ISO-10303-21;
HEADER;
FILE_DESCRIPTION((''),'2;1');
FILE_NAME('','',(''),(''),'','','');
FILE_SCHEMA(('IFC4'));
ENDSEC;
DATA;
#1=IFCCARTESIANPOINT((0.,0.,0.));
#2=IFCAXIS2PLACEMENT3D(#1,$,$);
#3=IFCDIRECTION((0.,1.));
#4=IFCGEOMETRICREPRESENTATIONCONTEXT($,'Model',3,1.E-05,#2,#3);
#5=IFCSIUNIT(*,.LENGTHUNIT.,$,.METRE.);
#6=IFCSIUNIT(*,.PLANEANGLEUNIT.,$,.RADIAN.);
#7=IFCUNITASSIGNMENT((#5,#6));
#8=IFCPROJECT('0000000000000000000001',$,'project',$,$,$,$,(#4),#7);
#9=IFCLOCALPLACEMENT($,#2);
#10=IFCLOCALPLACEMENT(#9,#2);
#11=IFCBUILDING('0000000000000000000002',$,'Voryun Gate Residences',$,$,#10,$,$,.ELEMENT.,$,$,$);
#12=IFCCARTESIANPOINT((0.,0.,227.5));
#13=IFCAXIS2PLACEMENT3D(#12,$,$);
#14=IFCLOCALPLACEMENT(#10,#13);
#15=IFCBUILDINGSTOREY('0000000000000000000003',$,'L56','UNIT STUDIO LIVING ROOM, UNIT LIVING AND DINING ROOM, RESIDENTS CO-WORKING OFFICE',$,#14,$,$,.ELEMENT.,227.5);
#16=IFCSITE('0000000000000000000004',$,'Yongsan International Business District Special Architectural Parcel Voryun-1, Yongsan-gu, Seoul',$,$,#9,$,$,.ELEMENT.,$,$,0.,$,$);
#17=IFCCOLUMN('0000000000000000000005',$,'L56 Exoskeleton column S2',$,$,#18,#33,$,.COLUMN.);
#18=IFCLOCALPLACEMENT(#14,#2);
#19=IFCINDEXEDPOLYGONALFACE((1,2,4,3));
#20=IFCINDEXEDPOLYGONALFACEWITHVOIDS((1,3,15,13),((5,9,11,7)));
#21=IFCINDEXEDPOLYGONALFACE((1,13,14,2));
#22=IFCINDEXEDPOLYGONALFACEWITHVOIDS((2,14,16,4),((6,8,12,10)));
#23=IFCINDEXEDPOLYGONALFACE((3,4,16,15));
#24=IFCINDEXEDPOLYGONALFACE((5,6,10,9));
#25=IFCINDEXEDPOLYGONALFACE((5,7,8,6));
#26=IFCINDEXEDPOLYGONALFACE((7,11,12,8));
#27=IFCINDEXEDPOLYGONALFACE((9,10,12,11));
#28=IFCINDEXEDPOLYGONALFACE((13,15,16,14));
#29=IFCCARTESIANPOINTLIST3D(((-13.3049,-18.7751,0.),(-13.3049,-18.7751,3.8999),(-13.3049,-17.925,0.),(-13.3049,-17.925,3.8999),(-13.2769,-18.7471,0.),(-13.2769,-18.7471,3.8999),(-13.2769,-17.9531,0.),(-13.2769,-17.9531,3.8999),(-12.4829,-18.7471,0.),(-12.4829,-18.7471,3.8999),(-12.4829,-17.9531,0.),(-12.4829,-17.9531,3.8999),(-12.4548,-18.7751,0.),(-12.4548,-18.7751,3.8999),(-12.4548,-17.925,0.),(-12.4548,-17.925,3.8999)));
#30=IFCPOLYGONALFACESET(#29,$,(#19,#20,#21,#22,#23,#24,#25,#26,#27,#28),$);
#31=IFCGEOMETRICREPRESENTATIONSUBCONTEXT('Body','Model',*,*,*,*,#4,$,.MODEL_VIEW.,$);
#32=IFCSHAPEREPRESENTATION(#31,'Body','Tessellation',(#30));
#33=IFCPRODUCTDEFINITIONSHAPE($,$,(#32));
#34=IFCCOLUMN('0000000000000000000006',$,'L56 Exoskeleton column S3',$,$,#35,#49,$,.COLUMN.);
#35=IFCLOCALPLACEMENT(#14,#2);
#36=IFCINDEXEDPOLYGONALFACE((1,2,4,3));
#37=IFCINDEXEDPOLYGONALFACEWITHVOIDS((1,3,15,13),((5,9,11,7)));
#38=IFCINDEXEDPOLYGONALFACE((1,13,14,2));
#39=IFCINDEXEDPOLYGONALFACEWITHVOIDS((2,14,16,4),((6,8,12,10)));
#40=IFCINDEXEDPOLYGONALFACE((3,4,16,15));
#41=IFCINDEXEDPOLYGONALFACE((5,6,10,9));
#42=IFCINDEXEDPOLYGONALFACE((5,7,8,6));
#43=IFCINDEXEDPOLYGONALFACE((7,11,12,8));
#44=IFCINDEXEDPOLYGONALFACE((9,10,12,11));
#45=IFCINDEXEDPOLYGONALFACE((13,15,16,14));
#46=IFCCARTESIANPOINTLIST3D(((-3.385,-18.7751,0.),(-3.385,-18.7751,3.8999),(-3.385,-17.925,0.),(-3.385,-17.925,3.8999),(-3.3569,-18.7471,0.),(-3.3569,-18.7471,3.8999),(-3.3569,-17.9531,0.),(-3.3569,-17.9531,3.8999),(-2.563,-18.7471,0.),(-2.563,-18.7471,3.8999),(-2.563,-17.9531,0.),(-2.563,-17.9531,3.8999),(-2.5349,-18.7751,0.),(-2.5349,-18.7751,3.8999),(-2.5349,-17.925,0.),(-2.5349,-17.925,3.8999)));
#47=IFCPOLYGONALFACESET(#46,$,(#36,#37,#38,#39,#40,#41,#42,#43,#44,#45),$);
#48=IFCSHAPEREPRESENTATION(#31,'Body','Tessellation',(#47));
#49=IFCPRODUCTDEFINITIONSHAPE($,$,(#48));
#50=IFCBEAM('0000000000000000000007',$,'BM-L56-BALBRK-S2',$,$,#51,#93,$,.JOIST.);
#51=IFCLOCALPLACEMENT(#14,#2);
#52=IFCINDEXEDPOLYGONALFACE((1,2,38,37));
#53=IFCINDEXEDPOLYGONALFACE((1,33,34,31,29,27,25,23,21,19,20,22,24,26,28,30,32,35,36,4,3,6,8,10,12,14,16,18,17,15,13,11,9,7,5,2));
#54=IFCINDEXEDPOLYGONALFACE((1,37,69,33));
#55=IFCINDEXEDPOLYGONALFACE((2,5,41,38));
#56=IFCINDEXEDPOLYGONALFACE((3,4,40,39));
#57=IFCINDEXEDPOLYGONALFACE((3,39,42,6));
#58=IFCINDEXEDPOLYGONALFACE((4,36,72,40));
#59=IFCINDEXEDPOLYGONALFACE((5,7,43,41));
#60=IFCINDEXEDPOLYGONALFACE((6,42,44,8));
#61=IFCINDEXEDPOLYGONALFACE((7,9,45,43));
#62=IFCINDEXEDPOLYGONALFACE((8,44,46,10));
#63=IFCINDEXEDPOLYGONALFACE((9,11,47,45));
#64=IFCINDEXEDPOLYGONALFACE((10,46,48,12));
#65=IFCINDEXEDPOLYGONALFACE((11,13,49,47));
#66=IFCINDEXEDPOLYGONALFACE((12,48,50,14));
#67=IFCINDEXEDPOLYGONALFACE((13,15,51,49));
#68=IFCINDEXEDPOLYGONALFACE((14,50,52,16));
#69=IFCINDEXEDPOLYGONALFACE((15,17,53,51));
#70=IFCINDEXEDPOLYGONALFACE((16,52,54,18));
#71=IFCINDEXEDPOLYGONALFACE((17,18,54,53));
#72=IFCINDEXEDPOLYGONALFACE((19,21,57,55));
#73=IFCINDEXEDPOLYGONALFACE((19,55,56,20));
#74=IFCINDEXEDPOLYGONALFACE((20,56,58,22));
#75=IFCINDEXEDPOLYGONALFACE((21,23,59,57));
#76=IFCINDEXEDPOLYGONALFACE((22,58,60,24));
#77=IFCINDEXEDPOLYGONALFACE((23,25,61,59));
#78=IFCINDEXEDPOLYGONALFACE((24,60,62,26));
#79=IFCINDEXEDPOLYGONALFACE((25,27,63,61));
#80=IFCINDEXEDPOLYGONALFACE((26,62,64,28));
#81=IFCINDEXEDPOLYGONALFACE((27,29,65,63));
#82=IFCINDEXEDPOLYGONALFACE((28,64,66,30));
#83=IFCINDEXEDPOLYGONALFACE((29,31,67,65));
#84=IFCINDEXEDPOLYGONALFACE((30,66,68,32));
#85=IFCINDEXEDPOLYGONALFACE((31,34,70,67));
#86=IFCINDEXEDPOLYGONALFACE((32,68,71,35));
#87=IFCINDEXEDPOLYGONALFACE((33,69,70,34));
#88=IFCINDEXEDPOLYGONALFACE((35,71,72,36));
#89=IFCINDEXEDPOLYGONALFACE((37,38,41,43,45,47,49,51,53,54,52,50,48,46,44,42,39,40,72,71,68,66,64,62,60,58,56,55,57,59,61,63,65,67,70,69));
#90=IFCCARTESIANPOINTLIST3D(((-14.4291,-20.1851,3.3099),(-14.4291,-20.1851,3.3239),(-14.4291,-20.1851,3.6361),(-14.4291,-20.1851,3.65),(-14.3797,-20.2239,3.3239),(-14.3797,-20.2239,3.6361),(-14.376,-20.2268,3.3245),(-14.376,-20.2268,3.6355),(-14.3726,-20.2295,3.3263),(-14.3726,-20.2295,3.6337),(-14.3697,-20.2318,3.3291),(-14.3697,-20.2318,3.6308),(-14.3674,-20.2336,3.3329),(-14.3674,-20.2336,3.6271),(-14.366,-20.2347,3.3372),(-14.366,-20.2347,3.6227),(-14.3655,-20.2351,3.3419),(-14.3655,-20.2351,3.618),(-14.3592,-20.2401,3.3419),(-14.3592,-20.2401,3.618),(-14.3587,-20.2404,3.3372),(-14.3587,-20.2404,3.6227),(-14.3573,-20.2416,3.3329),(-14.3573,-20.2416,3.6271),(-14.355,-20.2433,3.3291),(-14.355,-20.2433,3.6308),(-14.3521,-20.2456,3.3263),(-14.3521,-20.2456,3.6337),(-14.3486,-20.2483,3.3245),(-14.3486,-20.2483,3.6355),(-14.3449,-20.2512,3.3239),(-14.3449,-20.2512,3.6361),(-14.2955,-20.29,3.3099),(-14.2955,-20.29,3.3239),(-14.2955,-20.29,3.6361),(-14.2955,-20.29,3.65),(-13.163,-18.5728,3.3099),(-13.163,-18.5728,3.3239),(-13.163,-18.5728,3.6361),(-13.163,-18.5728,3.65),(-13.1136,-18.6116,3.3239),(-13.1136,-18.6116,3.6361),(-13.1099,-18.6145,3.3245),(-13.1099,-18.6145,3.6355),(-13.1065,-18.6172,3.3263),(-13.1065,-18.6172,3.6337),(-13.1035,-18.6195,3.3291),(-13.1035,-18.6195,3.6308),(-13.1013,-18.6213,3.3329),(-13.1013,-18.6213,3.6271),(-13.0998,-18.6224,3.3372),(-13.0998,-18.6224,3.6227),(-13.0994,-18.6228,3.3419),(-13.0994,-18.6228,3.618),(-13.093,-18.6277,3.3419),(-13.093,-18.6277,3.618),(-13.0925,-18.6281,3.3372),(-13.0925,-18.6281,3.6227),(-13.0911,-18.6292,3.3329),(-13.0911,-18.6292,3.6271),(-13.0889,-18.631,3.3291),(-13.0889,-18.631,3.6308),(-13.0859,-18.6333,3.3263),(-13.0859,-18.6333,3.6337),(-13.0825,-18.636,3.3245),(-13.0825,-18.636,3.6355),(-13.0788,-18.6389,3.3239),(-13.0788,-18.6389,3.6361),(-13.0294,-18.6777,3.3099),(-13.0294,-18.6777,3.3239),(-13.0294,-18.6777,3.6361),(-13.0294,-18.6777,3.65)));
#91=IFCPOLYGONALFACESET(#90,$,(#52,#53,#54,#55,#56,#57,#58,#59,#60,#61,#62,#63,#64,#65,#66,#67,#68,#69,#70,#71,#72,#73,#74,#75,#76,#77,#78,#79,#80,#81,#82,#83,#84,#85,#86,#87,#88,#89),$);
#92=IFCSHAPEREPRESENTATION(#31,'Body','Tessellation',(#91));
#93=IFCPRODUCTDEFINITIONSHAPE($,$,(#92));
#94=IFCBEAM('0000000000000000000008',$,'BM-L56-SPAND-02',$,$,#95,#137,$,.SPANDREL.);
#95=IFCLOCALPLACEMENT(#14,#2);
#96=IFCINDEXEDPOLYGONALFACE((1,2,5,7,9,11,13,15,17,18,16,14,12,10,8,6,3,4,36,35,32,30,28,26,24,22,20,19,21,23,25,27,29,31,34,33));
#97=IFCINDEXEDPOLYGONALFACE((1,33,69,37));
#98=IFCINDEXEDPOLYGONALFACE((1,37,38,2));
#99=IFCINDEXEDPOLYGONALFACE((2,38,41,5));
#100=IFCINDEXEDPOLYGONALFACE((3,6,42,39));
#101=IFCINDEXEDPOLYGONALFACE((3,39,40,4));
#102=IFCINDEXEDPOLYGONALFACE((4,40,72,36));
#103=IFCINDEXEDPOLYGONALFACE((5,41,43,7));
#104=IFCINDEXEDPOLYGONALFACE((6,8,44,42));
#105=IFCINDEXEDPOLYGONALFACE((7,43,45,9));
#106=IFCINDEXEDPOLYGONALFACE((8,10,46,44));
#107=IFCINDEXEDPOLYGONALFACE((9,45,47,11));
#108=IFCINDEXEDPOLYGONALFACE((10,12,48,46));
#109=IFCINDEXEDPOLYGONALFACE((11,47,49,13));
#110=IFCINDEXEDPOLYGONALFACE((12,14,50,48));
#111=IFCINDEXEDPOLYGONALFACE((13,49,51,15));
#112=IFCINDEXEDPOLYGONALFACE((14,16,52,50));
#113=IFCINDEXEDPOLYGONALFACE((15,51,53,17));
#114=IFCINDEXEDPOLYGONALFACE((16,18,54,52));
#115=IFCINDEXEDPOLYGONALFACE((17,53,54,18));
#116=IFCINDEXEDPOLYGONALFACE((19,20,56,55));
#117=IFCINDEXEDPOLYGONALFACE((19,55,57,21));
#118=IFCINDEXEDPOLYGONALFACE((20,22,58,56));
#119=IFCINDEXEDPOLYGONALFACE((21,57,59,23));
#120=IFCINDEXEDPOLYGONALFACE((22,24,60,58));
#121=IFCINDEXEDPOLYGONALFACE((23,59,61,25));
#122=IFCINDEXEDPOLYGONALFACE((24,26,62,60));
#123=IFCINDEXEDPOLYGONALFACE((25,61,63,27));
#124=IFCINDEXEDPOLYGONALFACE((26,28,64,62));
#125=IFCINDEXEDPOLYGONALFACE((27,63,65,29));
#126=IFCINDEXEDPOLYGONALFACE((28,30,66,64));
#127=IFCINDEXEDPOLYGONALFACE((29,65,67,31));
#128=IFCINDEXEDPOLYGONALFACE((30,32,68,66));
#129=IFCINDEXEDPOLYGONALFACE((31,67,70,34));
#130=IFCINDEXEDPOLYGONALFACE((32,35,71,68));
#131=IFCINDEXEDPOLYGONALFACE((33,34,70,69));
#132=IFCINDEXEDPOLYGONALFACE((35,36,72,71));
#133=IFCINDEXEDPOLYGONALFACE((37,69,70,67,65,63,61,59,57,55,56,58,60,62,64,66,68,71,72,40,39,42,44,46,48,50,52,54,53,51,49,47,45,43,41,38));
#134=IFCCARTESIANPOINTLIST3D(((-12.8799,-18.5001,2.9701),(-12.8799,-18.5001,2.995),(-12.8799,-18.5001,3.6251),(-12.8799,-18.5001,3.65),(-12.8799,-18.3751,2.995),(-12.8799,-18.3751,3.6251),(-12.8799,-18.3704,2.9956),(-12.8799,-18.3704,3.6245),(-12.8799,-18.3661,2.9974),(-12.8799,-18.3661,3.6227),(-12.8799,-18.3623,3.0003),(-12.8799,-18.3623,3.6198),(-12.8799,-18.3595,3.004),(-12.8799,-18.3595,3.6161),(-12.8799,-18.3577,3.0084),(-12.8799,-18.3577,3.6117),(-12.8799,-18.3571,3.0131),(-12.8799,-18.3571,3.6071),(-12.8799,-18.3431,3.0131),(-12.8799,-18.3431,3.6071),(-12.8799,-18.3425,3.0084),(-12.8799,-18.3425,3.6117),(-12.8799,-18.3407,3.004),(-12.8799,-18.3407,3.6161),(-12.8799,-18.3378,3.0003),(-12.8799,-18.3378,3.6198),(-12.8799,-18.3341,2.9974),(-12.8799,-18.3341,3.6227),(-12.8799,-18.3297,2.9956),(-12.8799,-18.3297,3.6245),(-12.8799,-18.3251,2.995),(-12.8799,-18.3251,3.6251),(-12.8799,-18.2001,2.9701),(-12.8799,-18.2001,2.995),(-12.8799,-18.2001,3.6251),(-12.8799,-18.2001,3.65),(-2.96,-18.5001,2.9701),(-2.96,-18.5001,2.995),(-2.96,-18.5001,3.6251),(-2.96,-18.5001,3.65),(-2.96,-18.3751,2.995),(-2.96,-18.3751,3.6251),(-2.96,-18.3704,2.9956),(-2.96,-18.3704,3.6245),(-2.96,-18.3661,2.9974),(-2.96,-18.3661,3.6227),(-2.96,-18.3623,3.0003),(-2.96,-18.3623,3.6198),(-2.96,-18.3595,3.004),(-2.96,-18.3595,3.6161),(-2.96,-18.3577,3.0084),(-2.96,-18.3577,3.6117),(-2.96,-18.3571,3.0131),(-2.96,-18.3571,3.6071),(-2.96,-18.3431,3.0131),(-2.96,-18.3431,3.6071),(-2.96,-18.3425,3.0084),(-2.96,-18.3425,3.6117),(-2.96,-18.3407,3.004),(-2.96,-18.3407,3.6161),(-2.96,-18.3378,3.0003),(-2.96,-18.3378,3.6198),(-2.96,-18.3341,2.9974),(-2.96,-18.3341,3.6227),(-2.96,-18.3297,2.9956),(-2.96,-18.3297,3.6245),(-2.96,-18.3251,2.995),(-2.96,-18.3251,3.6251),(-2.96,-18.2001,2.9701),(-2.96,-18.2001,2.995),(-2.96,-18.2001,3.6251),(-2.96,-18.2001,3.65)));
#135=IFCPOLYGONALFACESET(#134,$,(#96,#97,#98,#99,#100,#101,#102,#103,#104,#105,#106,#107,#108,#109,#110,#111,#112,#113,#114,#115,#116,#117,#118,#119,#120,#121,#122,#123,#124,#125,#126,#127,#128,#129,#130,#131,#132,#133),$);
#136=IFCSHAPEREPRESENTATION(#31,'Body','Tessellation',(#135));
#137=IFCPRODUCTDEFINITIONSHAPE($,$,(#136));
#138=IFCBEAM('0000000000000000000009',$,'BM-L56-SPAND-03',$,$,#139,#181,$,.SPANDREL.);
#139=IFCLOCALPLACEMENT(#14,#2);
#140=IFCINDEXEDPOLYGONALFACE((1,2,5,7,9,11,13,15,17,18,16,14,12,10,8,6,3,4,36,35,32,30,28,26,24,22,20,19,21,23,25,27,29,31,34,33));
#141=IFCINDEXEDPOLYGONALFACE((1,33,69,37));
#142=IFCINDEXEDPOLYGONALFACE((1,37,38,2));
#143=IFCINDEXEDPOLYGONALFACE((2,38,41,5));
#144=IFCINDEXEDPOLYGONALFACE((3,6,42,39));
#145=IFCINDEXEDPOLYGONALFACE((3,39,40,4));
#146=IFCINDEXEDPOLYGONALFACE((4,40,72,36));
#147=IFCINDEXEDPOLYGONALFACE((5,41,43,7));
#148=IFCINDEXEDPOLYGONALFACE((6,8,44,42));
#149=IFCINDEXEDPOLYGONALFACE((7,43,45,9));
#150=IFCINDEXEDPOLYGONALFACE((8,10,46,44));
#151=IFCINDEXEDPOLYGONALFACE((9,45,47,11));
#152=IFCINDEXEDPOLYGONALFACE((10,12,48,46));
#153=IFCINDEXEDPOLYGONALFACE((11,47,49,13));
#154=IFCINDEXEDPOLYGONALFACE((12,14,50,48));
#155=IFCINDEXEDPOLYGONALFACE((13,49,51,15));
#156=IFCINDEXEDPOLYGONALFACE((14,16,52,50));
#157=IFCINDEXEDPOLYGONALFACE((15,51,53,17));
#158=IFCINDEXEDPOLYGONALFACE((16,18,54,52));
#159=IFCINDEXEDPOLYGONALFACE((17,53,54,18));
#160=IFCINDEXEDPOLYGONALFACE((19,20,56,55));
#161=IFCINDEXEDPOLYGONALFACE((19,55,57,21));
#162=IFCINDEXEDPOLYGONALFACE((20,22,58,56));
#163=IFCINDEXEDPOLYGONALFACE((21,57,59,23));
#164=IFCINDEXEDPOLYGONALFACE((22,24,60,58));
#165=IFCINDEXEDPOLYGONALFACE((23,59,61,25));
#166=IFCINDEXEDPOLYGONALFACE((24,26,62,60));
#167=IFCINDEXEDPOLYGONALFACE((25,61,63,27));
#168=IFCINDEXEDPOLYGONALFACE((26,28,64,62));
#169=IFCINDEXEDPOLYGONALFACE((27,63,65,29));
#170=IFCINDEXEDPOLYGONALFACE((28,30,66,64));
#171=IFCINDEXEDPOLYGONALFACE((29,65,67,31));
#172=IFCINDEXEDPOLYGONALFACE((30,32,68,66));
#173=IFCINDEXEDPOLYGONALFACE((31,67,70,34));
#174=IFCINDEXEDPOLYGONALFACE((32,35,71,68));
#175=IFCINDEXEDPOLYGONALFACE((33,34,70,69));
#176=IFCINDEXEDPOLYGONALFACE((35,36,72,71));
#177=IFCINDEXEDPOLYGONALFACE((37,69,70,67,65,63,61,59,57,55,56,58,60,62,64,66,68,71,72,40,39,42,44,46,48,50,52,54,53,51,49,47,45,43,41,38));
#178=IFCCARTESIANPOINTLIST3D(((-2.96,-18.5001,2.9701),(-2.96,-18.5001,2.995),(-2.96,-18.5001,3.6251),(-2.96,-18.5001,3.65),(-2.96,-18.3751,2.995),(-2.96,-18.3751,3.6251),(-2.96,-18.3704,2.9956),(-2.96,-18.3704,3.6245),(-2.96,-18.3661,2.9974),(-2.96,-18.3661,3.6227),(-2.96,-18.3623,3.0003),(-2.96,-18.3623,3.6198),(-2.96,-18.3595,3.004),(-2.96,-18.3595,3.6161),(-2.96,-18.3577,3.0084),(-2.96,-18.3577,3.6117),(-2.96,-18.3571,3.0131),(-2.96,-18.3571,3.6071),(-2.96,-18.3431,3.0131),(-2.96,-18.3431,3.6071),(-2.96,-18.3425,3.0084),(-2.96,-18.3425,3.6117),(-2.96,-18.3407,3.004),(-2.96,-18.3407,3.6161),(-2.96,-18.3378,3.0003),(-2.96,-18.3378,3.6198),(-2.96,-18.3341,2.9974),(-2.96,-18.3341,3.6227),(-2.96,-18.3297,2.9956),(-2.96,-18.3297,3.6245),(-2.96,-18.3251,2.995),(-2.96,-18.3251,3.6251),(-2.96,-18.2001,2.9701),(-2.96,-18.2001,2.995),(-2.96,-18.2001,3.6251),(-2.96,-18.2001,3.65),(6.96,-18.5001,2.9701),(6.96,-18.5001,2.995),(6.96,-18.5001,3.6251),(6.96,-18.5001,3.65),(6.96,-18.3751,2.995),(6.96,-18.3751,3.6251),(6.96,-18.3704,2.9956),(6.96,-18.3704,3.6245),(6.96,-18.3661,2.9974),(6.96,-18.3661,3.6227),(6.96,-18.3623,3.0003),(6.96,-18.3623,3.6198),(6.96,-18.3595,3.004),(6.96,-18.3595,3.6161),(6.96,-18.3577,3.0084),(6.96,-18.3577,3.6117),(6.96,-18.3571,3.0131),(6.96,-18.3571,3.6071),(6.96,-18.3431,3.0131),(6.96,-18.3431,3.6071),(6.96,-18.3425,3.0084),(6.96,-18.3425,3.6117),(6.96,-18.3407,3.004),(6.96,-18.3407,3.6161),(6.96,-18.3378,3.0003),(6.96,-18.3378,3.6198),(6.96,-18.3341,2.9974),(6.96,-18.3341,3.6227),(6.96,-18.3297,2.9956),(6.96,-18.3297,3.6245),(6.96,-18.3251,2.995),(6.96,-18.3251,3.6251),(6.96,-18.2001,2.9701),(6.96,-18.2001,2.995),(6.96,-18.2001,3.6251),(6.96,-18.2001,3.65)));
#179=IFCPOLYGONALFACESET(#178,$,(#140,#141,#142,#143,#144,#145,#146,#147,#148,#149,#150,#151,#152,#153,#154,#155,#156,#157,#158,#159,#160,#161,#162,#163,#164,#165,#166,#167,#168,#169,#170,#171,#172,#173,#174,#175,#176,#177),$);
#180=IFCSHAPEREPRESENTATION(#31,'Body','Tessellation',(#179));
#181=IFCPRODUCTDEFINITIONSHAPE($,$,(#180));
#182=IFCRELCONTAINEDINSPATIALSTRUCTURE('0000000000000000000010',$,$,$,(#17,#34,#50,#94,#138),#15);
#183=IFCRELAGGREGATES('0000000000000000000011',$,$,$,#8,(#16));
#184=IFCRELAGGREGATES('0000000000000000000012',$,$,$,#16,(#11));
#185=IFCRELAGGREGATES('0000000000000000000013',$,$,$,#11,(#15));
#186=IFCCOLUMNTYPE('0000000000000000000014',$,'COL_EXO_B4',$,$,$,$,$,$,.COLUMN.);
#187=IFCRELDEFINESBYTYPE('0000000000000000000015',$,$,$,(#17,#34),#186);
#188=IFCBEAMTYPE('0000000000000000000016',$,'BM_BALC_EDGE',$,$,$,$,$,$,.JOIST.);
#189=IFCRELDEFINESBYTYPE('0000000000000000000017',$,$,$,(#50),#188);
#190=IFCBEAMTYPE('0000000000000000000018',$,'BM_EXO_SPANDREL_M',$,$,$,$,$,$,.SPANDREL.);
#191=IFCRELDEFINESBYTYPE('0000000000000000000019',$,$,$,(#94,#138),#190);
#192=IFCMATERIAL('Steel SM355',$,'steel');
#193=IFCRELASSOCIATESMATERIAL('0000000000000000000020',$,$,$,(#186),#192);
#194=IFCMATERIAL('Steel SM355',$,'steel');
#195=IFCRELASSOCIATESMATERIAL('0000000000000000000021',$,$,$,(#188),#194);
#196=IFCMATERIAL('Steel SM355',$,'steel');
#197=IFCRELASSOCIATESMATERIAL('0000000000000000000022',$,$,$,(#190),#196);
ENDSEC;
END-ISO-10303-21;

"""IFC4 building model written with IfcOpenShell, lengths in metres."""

from ifc_helpers import new_model, si_unit, direction, frame, origin, origin_2d, place, context, subcontext, project, spatial, hollow_rectangle, i_section, extrude, material, material_profile, profile_set, type_object, element, save


model = new_model("IFC4")

# Units and contexts
model_context = context("Model", 3, precision=1e-05, world=origin(), true_north=direction((0.0, 1.0)))
body_context = subcontext(model_context, "Body", "Model", "MODEL_VIEW")
ifc_project = project(units=[si_unit("LENGTHUNIT", "METRE"), si_unit("PLANEANGLEUNIT", "RADIAN")], contexts=[model_context])

# Site, building, storey
site_placement = place(None, origin())
site = spatial("IfcSite", under=ifc_project, at=site_placement, Name="Yongsan International Business District Special Architectural Parcel Voryun-1, Yongsan-gu, Seoul", CompositionType="ELEMENT", RefElevation=0.0)
building_placement = place(site_placement, origin())
building = spatial("IfcBuilding", under=site, at=building_placement, Name="Voryun Gate Residences", CompositionType="ELEMENT")
storey_placement = place(building_placement, frame((0.0, 0.0, 227.5)))
storey = spatial("IfcBuildingStorey", under=building, at=storey_placement, Name="L56", Description="UNIT STUDIO LIVING ROOM, UNIT LIVING AND DINING ROOM, RESIDENTS CO-WORKING OFFICE", CompositionType="ELEMENT", Elevation=227.5)

# Columns
ifc_material_1 = material(Name="Steel SM355", Category="steel")
ifc_material_profile_1 = material_profile(ifc_material_1, hollow_rectangle(XDim=0.8501, YDim=0.8501, WallThickness=0.0281, at=origin_2d()), Name="BOX-850x850x28")
ifc_profile_set_1 = profile_set([ifc_material_profile_1], Name="Steel SM355")
column_type = type_object("IfcColumnType", Name="COL_EXO_B4", PredefinedType="COLUMN", material=ifc_profile_set_1)
for number, where, z_axis, x_axis, name in (
    (1, (-12.8799, -18.3501, 0.0), (0.0, 0.0, 1.0), (1.0, 0.0, 0.0), "L56 Exoskeleton column S2"),
    (2, (-2.96, -18.3501, 0.0), (0.0, 0.0, 1.0), (1.0, 0.0, 0.0), "L56 Exoskeleton column S3"),
):
    element("IfcColumn", number, at=place(storey_placement, frame(where, z_axis=z_axis, x_axis=x_axis)), inside=storey, type_object=column_type, Name=name, PredefinedType="COLUMN", context=body_context, shape_type="SweptSolid", body=[
        extrude(hollow_rectangle(XDim=0.8501, YDim=0.8501, WallThickness=0.0281, at=origin_2d()), origin(), (0.0, 0.0, 1.0), 3.8999),
    ])

# Beams
ifc_material_2 = material(Name="Steel SM355", Category="steel")
ifc_material_profile_2 = material_profile(ifc_material_2, i_section(OverallWidth=0.1699, OverallDepth=0.3401, WebThickness=0.0081, FlangeThickness=0.0139, FilletRadius=0.0181, at=origin_2d()), Name="H-340x170x8x14")
ifc_profile_set_2 = profile_set([ifc_material_profile_2], Name="Steel SM355")
beam_type_1 = type_object("IfcBeamType", Name="BM_BALC_EDGE", PredefinedType="JOIST", material=ifc_profile_set_2)
beam_placement = place(storey_placement, frame((-13.0962, -18.6252, 3.48), z_axis=(-0.617611, -0.786484, 0.0), x_axis=(0.786484, -0.617611, 0.0)))
element("IfcBeam", 3, at=beam_placement, inside=storey, type_object=beam_type_1, Name="BM-L56-BALBRK-S2", PredefinedType="JOIST", context=body_context, shape_type="SweptSolid", body=[
    extrude(i_section(OverallWidth=0.1699, OverallDepth=0.3401, WebThickness=0.0081, FlangeThickness=0.0139, FilletRadius=0.0181, at=origin_2d()), origin(), (0.0, 0.0, 1.0), 2.05),
])
ifc_material_3 = material(Name="Steel SM355", Category="steel")
ifc_material_profile_3 = material_profile(ifc_material_3, i_section(OverallWidth=0.3, OverallDepth=0.6799, WebThickness=0.0139, FlangeThickness=0.0249, FilletRadius=0.0181, at=origin_2d()), Name="H-680x300x14x25")
ifc_profile_set_3 = profile_set([ifc_material_profile_3], Name="Steel SM355")
beam_type_2 = type_object("IfcBeamType", Name="BM_EXO_SPANDREL_M", PredefinedType="SPANDREL", material=ifc_profile_set_3)
for number, where, z_axis, x_axis, name in (
    (4, (-12.8799, -18.3501, 3.3101), (1.0, 0.0, 0.0), (0.0, 1.0, 0.0), "BM-L56-SPAND-02"),
    (5, (-2.96, -18.3501, 3.3101), (1.0, 0.0, 0.0), (0.0, 1.0, 0.0), "BM-L56-SPAND-03"),
):
    element("IfcBeam", number, at=place(storey_placement, frame(where, z_axis=z_axis, x_axis=x_axis)), inside=storey, type_object=beam_type_2, Name=name, PredefinedType="SPANDREL", context=body_context, shape_type="SweptSolid", body=[
        extrude(i_section(OverallWidth=0.3, OverallDepth=0.6799, WebThickness=0.0139, FlangeThickness=0.0249, FilletRadius=0.0181, at=origin_2d()), origin(), (0.0, 0.0, 1.0), 9.9199),
    ])

save(model, "model.ifc")
